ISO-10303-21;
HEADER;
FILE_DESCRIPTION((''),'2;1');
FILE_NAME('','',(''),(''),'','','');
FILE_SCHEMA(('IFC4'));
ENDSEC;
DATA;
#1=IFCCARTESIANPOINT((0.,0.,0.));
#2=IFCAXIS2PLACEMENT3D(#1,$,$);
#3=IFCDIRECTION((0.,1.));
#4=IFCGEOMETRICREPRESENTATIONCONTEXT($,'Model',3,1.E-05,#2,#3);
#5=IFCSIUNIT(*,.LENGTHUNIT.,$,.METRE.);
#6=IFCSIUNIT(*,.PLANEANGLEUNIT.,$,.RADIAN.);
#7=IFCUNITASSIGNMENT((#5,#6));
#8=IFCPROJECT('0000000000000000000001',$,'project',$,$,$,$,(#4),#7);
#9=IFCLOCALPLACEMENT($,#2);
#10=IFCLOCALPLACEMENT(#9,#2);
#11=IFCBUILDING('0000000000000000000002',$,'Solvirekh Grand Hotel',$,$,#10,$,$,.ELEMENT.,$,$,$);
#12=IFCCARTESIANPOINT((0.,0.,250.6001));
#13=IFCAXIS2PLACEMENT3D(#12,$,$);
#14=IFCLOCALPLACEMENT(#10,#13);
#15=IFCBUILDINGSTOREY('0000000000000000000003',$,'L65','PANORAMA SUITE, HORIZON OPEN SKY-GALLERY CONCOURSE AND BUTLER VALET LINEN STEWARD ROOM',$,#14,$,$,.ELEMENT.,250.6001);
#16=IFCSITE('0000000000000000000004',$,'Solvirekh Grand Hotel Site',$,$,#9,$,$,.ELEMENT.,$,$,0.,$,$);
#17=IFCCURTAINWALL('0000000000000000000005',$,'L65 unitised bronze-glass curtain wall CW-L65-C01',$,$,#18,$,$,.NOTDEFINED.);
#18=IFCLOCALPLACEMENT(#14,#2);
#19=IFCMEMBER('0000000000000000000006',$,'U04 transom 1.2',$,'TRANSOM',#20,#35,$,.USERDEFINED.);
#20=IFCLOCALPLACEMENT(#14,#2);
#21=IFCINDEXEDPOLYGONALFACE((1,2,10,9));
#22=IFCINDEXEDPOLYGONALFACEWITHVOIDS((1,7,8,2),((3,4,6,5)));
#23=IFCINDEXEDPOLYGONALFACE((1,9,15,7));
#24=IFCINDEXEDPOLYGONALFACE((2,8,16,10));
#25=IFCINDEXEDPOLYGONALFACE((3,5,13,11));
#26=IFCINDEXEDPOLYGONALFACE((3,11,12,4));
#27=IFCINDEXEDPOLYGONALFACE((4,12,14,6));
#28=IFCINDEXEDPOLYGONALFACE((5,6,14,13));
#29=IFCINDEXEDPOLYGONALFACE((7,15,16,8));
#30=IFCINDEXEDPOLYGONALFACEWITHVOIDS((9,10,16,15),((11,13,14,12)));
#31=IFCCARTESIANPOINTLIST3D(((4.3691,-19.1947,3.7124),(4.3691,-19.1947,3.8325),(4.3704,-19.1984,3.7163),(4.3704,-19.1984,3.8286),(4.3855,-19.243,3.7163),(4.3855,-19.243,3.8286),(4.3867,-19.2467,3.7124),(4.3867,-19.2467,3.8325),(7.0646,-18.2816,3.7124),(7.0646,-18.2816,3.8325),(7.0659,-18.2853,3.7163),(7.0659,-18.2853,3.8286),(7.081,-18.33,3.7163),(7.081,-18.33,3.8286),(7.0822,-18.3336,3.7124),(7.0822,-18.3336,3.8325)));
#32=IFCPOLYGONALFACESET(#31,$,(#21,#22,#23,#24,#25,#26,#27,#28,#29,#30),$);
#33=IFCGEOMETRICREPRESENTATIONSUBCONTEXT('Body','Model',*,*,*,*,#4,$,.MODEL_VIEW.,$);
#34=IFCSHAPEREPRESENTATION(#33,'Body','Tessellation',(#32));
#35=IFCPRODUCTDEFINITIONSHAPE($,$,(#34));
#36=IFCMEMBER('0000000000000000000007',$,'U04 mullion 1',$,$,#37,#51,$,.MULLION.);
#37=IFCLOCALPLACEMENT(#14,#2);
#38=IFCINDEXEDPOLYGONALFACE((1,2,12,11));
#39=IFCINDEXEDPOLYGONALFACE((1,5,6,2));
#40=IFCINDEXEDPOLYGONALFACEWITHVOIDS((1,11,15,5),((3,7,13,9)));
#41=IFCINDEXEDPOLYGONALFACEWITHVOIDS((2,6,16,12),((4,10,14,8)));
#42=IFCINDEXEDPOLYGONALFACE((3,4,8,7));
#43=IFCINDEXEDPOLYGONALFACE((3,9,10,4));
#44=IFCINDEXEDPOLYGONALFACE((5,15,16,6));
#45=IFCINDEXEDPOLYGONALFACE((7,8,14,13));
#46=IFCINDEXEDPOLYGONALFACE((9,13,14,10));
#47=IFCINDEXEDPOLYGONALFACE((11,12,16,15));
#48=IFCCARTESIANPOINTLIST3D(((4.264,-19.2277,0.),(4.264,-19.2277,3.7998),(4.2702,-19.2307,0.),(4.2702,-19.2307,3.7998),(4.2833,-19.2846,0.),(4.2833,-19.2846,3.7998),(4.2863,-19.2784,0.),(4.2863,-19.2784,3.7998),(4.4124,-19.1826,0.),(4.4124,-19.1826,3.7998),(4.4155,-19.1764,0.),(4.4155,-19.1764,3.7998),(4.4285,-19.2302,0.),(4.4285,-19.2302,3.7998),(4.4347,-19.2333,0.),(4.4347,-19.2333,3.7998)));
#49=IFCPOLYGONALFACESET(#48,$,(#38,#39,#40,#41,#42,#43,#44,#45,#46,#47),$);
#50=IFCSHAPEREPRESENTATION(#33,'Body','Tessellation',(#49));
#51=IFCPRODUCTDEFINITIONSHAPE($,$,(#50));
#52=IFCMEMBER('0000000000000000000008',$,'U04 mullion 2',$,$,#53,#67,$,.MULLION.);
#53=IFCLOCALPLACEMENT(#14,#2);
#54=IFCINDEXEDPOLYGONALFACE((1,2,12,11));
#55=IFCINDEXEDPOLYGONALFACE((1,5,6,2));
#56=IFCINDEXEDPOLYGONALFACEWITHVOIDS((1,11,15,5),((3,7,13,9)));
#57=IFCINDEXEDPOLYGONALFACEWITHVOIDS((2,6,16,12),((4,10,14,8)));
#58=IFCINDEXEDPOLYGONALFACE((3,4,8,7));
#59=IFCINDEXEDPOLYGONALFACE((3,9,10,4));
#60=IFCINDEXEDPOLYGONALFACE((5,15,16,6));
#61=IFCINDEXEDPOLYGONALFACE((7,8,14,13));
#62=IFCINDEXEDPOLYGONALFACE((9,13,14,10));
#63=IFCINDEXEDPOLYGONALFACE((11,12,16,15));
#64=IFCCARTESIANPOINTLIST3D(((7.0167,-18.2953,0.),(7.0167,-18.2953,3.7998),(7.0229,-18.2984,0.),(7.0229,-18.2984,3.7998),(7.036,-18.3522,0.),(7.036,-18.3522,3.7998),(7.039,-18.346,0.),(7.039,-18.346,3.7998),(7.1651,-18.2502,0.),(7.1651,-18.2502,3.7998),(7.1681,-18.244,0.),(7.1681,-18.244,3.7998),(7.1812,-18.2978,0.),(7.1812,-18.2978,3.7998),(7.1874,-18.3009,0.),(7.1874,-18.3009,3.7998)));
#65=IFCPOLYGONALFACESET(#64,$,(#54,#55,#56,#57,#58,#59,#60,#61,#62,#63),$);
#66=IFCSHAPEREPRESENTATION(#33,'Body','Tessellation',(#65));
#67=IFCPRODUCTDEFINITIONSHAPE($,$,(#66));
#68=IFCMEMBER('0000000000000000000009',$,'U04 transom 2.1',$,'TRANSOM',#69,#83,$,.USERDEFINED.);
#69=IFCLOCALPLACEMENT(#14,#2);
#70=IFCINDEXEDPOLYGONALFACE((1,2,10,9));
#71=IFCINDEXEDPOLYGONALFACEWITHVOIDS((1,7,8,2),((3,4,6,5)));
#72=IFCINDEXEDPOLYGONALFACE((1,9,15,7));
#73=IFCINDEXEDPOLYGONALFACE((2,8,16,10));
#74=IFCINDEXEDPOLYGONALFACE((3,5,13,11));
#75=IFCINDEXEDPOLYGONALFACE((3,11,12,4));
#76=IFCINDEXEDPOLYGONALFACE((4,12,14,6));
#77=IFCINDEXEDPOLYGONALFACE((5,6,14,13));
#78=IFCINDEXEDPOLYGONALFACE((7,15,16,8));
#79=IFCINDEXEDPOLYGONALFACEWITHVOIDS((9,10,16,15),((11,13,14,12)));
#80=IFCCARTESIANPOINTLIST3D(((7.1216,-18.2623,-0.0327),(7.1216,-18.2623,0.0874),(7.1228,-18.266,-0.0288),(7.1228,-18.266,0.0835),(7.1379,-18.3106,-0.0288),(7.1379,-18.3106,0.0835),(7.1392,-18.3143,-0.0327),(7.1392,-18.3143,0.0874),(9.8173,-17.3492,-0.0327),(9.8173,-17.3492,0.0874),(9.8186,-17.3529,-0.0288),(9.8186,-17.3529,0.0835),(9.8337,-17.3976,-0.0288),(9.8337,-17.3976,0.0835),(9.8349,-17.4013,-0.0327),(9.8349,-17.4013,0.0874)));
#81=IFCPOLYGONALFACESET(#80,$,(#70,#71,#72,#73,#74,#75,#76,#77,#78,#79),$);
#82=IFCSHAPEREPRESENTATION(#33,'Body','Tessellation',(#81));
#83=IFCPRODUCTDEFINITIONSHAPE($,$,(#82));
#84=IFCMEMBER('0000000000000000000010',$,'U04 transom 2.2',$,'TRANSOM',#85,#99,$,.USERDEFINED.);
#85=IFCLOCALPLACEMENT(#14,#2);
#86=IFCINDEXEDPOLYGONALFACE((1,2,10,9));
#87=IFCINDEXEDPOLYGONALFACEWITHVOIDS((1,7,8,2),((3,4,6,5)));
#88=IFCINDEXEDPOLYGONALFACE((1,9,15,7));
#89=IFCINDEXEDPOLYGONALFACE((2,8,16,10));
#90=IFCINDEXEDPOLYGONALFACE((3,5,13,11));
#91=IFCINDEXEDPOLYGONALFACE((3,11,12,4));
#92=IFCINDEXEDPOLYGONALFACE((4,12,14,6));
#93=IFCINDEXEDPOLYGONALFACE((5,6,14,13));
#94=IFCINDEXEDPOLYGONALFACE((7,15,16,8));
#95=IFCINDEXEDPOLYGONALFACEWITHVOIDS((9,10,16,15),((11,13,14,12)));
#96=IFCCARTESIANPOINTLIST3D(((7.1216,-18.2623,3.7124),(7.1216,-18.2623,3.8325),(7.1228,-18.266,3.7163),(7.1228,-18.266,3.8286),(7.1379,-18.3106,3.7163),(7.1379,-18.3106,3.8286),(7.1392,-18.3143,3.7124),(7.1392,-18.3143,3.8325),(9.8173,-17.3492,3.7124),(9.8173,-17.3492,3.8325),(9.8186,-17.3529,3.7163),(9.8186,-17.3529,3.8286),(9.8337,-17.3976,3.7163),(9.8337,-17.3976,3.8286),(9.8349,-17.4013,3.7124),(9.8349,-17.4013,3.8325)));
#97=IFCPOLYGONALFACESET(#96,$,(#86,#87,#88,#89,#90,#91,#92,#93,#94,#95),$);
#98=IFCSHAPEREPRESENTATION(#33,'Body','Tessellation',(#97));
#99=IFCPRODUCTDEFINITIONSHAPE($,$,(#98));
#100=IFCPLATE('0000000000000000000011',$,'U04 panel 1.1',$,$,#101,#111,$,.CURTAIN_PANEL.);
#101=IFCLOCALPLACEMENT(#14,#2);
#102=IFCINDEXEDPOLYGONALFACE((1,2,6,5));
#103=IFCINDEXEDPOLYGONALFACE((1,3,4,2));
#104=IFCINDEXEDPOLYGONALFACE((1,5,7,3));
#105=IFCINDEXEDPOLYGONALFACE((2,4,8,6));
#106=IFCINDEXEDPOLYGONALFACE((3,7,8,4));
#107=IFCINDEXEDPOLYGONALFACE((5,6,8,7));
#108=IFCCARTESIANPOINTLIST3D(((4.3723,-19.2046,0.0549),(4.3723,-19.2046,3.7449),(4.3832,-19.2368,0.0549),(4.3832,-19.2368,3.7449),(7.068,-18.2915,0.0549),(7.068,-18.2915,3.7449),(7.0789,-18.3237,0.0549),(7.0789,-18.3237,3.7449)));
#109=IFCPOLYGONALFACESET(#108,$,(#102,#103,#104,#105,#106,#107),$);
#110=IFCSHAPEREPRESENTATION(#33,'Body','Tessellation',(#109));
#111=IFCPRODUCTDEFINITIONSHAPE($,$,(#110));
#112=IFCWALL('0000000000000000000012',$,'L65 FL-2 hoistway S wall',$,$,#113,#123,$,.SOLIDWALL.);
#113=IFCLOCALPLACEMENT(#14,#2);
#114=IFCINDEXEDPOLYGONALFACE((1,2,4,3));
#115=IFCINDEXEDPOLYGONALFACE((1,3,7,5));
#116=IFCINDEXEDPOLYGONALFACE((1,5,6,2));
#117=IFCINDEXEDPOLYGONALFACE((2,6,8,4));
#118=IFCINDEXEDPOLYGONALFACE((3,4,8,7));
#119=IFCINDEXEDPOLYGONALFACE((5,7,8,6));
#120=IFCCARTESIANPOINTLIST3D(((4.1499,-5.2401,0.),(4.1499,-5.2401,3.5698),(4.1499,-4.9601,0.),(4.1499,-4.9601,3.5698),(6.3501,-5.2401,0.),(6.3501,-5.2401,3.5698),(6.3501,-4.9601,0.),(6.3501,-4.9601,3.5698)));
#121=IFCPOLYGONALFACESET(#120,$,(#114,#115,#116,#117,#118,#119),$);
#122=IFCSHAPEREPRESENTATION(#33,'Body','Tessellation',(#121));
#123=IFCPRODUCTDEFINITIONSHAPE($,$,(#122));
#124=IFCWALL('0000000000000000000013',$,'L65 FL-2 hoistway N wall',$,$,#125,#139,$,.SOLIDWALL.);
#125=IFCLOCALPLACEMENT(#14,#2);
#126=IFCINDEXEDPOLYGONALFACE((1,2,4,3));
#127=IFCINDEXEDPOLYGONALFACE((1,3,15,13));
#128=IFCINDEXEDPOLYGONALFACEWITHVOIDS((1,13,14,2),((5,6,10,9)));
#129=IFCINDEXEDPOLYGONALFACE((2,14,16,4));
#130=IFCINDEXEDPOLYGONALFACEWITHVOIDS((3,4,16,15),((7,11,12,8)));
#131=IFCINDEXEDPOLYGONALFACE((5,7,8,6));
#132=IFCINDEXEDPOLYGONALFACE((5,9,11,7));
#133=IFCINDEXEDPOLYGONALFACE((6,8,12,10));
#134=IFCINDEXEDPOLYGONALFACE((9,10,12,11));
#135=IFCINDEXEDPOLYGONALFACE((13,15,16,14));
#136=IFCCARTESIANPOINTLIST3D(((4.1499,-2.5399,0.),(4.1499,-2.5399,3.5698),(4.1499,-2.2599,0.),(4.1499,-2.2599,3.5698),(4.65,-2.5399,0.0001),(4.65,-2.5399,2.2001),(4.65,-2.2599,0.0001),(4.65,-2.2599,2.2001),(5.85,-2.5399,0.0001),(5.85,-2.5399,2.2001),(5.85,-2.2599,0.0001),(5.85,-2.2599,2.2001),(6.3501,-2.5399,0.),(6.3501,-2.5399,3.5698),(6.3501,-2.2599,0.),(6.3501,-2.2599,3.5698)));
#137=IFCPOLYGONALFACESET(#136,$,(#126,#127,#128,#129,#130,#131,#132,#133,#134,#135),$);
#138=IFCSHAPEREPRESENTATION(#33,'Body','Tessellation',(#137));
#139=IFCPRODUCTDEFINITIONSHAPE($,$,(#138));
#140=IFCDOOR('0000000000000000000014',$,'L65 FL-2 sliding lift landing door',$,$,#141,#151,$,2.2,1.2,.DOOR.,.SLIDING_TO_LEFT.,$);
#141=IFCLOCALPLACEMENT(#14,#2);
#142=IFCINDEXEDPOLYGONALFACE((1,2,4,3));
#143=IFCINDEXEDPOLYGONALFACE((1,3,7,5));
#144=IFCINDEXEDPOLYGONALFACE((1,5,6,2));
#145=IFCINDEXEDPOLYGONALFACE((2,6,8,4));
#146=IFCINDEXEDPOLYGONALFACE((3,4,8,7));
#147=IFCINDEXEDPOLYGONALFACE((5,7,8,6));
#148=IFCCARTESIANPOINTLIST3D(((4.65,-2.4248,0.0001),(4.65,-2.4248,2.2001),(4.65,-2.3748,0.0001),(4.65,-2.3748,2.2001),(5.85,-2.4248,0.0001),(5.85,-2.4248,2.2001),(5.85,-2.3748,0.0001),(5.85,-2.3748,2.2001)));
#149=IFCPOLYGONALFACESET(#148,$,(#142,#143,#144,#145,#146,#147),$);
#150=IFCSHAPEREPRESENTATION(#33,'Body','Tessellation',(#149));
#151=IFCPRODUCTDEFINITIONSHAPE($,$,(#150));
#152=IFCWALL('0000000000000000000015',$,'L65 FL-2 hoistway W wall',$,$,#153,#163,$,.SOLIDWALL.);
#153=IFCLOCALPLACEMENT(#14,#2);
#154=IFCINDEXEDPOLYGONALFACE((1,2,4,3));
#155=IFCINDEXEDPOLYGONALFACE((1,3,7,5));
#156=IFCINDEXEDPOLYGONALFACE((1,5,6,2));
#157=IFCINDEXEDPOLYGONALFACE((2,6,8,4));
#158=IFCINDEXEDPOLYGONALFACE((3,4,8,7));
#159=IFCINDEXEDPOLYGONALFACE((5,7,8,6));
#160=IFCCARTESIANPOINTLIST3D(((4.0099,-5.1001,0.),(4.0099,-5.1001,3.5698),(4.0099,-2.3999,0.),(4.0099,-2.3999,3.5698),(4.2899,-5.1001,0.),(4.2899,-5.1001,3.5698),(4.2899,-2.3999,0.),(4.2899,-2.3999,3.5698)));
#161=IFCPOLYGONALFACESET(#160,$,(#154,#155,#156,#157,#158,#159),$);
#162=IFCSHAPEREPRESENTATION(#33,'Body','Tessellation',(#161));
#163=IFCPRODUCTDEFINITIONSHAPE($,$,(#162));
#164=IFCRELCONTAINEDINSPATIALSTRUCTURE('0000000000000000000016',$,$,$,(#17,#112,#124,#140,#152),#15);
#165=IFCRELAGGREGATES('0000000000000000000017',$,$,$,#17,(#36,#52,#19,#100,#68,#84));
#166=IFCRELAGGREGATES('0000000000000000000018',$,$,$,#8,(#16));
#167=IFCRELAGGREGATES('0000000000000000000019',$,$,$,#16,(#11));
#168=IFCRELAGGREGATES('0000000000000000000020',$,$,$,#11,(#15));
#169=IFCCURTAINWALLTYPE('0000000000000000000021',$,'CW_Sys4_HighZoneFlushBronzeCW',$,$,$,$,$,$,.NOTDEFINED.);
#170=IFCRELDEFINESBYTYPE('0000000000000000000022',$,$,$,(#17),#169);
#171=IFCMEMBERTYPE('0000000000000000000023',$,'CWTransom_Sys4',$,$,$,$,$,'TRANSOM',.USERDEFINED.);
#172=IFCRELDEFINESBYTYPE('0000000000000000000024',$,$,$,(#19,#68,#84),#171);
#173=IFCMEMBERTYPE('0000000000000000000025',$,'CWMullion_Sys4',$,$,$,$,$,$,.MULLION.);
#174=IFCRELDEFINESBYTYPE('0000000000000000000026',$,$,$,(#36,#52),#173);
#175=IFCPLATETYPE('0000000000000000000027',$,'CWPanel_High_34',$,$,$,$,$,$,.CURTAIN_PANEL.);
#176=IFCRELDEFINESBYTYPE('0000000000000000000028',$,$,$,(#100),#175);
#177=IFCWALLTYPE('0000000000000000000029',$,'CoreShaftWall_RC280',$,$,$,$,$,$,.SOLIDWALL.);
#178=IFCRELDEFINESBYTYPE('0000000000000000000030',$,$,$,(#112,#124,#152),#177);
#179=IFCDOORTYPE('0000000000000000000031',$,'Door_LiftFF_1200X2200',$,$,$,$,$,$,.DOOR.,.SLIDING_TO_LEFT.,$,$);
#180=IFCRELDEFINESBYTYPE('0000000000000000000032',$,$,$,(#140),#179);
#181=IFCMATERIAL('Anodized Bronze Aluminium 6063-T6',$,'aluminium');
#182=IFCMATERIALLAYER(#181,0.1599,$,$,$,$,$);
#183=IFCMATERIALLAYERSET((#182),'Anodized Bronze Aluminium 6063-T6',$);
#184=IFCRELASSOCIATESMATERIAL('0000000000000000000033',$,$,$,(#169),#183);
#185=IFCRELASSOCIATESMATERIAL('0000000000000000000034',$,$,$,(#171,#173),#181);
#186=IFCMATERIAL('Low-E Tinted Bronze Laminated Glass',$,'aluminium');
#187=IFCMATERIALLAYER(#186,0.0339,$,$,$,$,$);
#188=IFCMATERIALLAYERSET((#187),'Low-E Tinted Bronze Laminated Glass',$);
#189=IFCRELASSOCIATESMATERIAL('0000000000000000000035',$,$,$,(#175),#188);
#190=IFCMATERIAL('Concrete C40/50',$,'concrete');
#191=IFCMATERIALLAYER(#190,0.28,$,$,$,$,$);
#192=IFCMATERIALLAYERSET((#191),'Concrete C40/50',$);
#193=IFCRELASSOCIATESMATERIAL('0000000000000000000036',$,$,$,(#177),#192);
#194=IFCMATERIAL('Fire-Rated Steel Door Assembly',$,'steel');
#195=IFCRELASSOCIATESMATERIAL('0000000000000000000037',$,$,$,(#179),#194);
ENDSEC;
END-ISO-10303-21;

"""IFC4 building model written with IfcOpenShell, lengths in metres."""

from ifc_helpers import new_model, si_unit, direction, frame, frame_2d, origin, origin_2d, place, context, subcontext, project, spatial, rectangle, hollow_rectangle, extrude, source, transform, mapped, material, layer, layer_set, material_profile, profile_set, type_object, element, fill, aggregate, save


model = new_model("IFC4")

# Units and contexts
model_context = context("Model", 3, precision=1e-05, world=origin(), true_north=direction((0.0, 1.0)))
body_context = subcontext(model_context, "Body", "Model", "MODEL_VIEW")
ifc_project = project(units=[si_unit("LENGTHUNIT", "METRE"), si_unit("PLANEANGLEUNIT", "RADIAN")], contexts=[model_context])

# Site, building, storey
site_placement = place(None, origin())
site = spatial("IfcSite", under=ifc_project, at=site_placement, Name="Solvirekh Grand Hotel Site", CompositionType="ELEMENT", RefElevation=0.0)
building_placement = place(site_placement, origin())
building = spatial("IfcBuilding", under=site, at=building_placement, Name="Solvirekh Grand Hotel", CompositionType="ELEMENT")
storey_placement = place(building_placement, frame((0.0, 0.0, 250.6001)))
storey = spatial("IfcBuildingStorey", under=building, at=storey_placement, Name="L65", Description="PANORAMA SUITE, HORIZON OPEN SKY-GALLERY CONCOURSE AND BUTLER VALET LINEN STEWARD ROOM", CompositionType="ELEMENT", Elevation=250.6001)

# Curtain wall, members, plate
ifc_material_1 = material(Name="Anodized Bronze Aluminium 6063-T6", Category="aluminium")
ifc_layer_1 = layer(ifc_material_1, 0.1599)
ifc_layer_set_1 = layer_set([ifc_layer_1], Name="Anodized Bronze Aluminium 6063-T6")
curtain_wall_type = type_object("IfcCurtainWallType", Name="CW_Sys4_HighZoneFlushBronzeCW", PredefinedType="NOTDEFINED", material=ifc_layer_set_1)
curtain_wall_placement = place(storey_placement, origin())
curtain_wall = element("IfcCurtainWall", 1, at=curtain_wall_placement, inside=storey, type_object=curtain_wall_type, Name="L65 unitised bronze-glass curtain wall CW-L65-C01", PredefinedType="NOTDEFINED")
ifc_material_profile_1 = material_profile(ifc_material_1, hollow_rectangle(XDim=0.0549, YDim=0.1201, WallThickness=0.0039, at=origin_2d()), Name="ALU RHS 120X55X4")
ifc_profile_set_1 = profile_set([ifc_material_profile_1], Name="Anodized Bronze Aluminium 6063-T6")
member_type_1 = type_object("IfcMemberType", Name="CWTransom_Sys4", ElementType="TRANSOM", PredefinedType="USERDEFINED", material=ifc_profile_set_1)
shared_shape_1 = source(origin(), body_context, "Body", "SweptSolid", [
    extrude(hollow_rectangle(XDim=0.0549, YDim=0.1201, WallThickness=0.0039, at=origin_2d()), origin(), (0.0, 0.0, 1.0), 2.8459),
])
member_1_placement = place(storey_placement, frame((4.3779, -19.2207, 3.7725), z_axis=(0.947137, 0.320831, 0.0), x_axis=(-0.320831, 0.947137, 0.0)))
member_1 = element("IfcMember", 2, at=member_1_placement, type_object=member_type_1, Name="U04 transom 1.2", ObjectType="TRANSOM", PredefinedType="USERDEFINED", context=body_context, shape_type="MappedRepresentation", body=[
    mapped(shared_shape_1, transform((0.0, 0.0, 0.0), x_axis=(1.0, 0.0, 0.0), y_axis=(0.0, 1.0, 0.0), z_axis=(0.0, 0.0, 1.0), scale=1.0)),
])
ifc_material_profile_2 = material_profile(ifc_material_1, hollow_rectangle(XDim=0.0601, YDim=0.1599, WallThickness=0.0049, at=origin_2d()), Name="ALU RHS 160X60X5")
ifc_profile_set_2 = profile_set([ifc_material_profile_2], Name="Anodized Bronze Aluminium 6063-T6")
member_type_2 = type_object("IfcMemberType", Name="CWMullion_Sys4", PredefinedType="MULLION", material=ifc_profile_set_2)
shared_shape_2 = source(origin(), body_context, "Body", "SweptSolid", [
    extrude(hollow_rectangle(XDim=0.0601, YDim=0.1599, WallThickness=0.0049, at=origin_2d()), origin(), (0.0, 0.0, 1.0), 3.7998),
])
member_2_placement = place(storey_placement, frame((4.3494, -19.2305, 0.0), z_axis=(0.0, 0.0, 1.0), x_axis=(-0.320822, 0.94714, 0.0)))
member_2 = element("IfcMember", 3, at=member_2_placement, type_object=member_type_2, Name="U04 mullion 1", PredefinedType="MULLION", context=body_context, shape_type="MappedRepresentation", body=[
    mapped(shared_shape_2, transform((0.0, 0.0, 0.0), x_axis=(1.0, 0.0, 0.0), y_axis=(0.0, 1.0, 0.0), z_axis=(0.0, 0.0, 1.0), scale=1.0)),
])
member_3_placement = place(storey_placement, frame((7.1021, -18.2981, 0.0), z_axis=(0.0, 0.0, 1.0), x_axis=(-0.320822, 0.94714, 0.0)))
member_3 = element("IfcMember", 4, at=member_3_placement, type_object=member_type_2, Name="U04 mullion 2", PredefinedType="MULLION", context=body_context, shape_type="MappedRepresentation", body=[
    mapped(shared_shape_2, transform((0.0, 0.0, 0.0), x_axis=(1.0, 0.0, 0.0), y_axis=(0.0, 1.0, 0.0), z_axis=(0.0, 0.0, 1.0), scale=1.0)),
])
shared_shape_3 = source(origin(), body_context, "Body", "SweptSolid", [
    extrude(hollow_rectangle(XDim=0.0549, YDim=0.1201, WallThickness=0.0039, at=origin_2d()), origin(), (0.0, 0.0, 1.0), 2.8462),
])
member_4_placement = place(storey_placement, frame((7.1304, -18.2883, 0.0273), z_axis=(0.947145, 0.320805, 0.0), x_axis=(-0.320805, 0.947145, 0.0)))
member_4 = element("IfcMember", 5, at=member_4_placement, type_object=member_type_1, Name="U04 transom 2.1", ObjectType="TRANSOM", PredefinedType="USERDEFINED", context=body_context, shape_type="MappedRepresentation", body=[
    mapped(shared_shape_3, transform((0.0, 0.0, 0.0), x_axis=(1.0, 0.0, 0.0), y_axis=(0.0, 1.0, 0.0), z_axis=(0.0, 0.0, 1.0), scale=1.0)),
])
member_5_placement = place(storey_placement, frame((7.1304, -18.2883, 3.7725), z_axis=(0.947145, 0.320805, 0.0), x_axis=(-0.320805, 0.947145, 0.0)))
member_5 = element("IfcMember", 6, at=member_5_placement, type_object=member_type_1, Name="U04 transom 2.2", ObjectType="TRANSOM", PredefinedType="USERDEFINED", context=body_context, shape_type="MappedRepresentation", body=[
    mapped(shared_shape_3, transform((0.0, 0.0, 0.0), x_axis=(1.0, 0.0, 0.0), y_axis=(0.0, 1.0, 0.0), z_axis=(0.0, 0.0, 1.0), scale=1.0)),
])
ifc_material_2 = material(Name="Low-E Tinted Bronze Laminated Glass", Category="aluminium")
ifc_layer_2 = layer(ifc_material_2, 0.0339)
ifc_layer_set_2 = layer_set([ifc_layer_2], Name="Low-E Tinted Bronze Laminated Glass")
plate_type = type_object("IfcPlateType", Name="CWPanel_High_34", PredefinedType="CURTAIN_PANEL", material=ifc_layer_set_2)
shared_shape_4 = source(origin(), body_context, "Body", "SweptSolid", [
    extrude(rectangle(XDim=2.8462, YDim=0.0339, at=origin_2d()), origin(), (0.0, 0.0, 1.0), 3.6899),
])
plate_placement = place(storey_placement, frame((5.7256, -18.7642, 0.0549), z_axis=(0.0, 0.0, 1.0), x_axis=(0.94714, 0.320822, 0.0)))
plate = element("IfcPlate", 7, at=plate_placement, type_object=plate_type, Name="U04 panel 1.1", PredefinedType="CURTAIN_PANEL", context=body_context, shape_type="MappedRepresentation", body=[
    mapped(shared_shape_4, transform((0.0, 0.0, 0.0), x_axis=(1.0, 0.0, 0.0), y_axis=(0.0, 1.0, 0.0), z_axis=(0.0, 0.0, 1.0), scale=1.0)),
])
aggregate(curtain_wall, [member_2, member_3, member_1, plate, member_4, member_5])

# Wall
ifc_material_3 = material(Name="Concrete C40/50", Category="concrete")
ifc_layer_3 = layer(ifc_material_3, 0.28)
ifc_layer_set_3 = layer_set([ifc_layer_3], Name="Concrete C40/50")
wall_type_1 = type_object("IfcWallType", Name="CoreShaftWall_RC280", PredefinedType="SOLIDWALL", material=ifc_layer_set_3)
wall_1_placement = place(storey_placement, frame((4.1499, -5.1001, 0.0), z_axis=(0.0, 0.0, 1.0), x_axis=(1.0, 0.0, 0.0)))
element("IfcWall", 8, at=wall_1_placement, inside=storey, type_object=wall_type_1, Name="L65 FL-2 hoistway S wall", PredefinedType="SOLIDWALL", context=body_context, shape_type="SweptSolid", body=[
    extrude(rectangle(XDim=2.2002, YDim=0.28, at=frame_2d((1.1001, 0.0))), origin(), (0.0, 0.0, 1.0), 3.5698),
])

# Wall, opening, door
wall_2_placement = place(storey_placement, frame((6.3501, -2.3999, 0.0), z_axis=(0.0, 0.0, 1.0), x_axis=(-1.0, 0.0, 0.0)))
wall_2 = element("IfcWall", 9, at=wall_2_placement, inside=storey, type_object=wall_type_1, Name="L65 FL-2 hoistway N wall", PredefinedType="SOLIDWALL", context=body_context, shape_type="SweptSolid", body=[
    extrude(rectangle(XDim=2.2002, YDim=0.28, at=frame_2d((1.1001, 0.0))), origin(), (0.0, 0.0, 1.0), 3.5698),
])
opening_1_placement = place(wall_2_placement, frame((0.5, 0.0, 0.0)))
opening_1 = element("IfcOpeningElement", 10, at=opening_1_placement, cuts=wall_2, PredefinedType="OPENING", context=body_context, shape_type="SweptSolid", body=[
    extrude(rectangle(XDim=1.2, YDim=2.2, at=frame_2d((0.6001, 1.1001))), frame((0.0, 0.1499, 0.0), z_axis=(0.0, -1.0, 0.0), x_axis=(1.0, 0.0, 0.0)), (0.0, 0.0, 1.0), 0.3),
])
ifc_material_4 = material(Name="Fire-Rated Steel Door Assembly", Category="steel")
door_type_1 = type_object("IfcDoorType", Name="Door_LiftFF_1200X2200", OperationType="SLIDING_TO_LEFT", PredefinedType="DOOR", material=ifc_material_4)
door_1_placement = place(opening_1_placement, origin())
door_1 = element("IfcDoor", 11, at=door_1_placement, inside=storey, type_object=door_type_1, Name="L65 FL-2 sliding lift landing door", OperationType="SLIDING_TO_LEFT", OverallHeight=2.2, OverallWidth=1.2, PredefinedType="DOOR", context=body_context, shape_type="SweptSolid", body=[
    extrude(rectangle(XDim=1.2, YDim=2.2, at=frame_2d((0.6001, 1.1001))), frame((0.0, 0.0249, 0.0), z_axis=(0.0, -1.0, 0.0), x_axis=(1.0, 0.0, 0.0)), (0.0, 0.0, 1.0), 0.05),
])
fill(opening_1, door_1)

# Wall
wall_3_placement = place(storey_placement, frame((4.1499, -2.3999, 0.0), z_axis=(0.0, 0.0, 1.0), x_axis=(0.0, -1.0, 0.0)))
element("IfcWall", 12, at=wall_3_placement, inside=storey, type_object=wall_type_1, Name="L65 FL-2 hoistway W wall", PredefinedType="SOLIDWALL", context=body_context, shape_type="SweptSolid", body=[
    extrude(rectangle(XDim=2.7002, YDim=0.28, at=frame_2d((1.3501, 0.0))), origin(), (0.0, 0.0, 1.0), 3.5698),
])

save(model, "model.ifc")
